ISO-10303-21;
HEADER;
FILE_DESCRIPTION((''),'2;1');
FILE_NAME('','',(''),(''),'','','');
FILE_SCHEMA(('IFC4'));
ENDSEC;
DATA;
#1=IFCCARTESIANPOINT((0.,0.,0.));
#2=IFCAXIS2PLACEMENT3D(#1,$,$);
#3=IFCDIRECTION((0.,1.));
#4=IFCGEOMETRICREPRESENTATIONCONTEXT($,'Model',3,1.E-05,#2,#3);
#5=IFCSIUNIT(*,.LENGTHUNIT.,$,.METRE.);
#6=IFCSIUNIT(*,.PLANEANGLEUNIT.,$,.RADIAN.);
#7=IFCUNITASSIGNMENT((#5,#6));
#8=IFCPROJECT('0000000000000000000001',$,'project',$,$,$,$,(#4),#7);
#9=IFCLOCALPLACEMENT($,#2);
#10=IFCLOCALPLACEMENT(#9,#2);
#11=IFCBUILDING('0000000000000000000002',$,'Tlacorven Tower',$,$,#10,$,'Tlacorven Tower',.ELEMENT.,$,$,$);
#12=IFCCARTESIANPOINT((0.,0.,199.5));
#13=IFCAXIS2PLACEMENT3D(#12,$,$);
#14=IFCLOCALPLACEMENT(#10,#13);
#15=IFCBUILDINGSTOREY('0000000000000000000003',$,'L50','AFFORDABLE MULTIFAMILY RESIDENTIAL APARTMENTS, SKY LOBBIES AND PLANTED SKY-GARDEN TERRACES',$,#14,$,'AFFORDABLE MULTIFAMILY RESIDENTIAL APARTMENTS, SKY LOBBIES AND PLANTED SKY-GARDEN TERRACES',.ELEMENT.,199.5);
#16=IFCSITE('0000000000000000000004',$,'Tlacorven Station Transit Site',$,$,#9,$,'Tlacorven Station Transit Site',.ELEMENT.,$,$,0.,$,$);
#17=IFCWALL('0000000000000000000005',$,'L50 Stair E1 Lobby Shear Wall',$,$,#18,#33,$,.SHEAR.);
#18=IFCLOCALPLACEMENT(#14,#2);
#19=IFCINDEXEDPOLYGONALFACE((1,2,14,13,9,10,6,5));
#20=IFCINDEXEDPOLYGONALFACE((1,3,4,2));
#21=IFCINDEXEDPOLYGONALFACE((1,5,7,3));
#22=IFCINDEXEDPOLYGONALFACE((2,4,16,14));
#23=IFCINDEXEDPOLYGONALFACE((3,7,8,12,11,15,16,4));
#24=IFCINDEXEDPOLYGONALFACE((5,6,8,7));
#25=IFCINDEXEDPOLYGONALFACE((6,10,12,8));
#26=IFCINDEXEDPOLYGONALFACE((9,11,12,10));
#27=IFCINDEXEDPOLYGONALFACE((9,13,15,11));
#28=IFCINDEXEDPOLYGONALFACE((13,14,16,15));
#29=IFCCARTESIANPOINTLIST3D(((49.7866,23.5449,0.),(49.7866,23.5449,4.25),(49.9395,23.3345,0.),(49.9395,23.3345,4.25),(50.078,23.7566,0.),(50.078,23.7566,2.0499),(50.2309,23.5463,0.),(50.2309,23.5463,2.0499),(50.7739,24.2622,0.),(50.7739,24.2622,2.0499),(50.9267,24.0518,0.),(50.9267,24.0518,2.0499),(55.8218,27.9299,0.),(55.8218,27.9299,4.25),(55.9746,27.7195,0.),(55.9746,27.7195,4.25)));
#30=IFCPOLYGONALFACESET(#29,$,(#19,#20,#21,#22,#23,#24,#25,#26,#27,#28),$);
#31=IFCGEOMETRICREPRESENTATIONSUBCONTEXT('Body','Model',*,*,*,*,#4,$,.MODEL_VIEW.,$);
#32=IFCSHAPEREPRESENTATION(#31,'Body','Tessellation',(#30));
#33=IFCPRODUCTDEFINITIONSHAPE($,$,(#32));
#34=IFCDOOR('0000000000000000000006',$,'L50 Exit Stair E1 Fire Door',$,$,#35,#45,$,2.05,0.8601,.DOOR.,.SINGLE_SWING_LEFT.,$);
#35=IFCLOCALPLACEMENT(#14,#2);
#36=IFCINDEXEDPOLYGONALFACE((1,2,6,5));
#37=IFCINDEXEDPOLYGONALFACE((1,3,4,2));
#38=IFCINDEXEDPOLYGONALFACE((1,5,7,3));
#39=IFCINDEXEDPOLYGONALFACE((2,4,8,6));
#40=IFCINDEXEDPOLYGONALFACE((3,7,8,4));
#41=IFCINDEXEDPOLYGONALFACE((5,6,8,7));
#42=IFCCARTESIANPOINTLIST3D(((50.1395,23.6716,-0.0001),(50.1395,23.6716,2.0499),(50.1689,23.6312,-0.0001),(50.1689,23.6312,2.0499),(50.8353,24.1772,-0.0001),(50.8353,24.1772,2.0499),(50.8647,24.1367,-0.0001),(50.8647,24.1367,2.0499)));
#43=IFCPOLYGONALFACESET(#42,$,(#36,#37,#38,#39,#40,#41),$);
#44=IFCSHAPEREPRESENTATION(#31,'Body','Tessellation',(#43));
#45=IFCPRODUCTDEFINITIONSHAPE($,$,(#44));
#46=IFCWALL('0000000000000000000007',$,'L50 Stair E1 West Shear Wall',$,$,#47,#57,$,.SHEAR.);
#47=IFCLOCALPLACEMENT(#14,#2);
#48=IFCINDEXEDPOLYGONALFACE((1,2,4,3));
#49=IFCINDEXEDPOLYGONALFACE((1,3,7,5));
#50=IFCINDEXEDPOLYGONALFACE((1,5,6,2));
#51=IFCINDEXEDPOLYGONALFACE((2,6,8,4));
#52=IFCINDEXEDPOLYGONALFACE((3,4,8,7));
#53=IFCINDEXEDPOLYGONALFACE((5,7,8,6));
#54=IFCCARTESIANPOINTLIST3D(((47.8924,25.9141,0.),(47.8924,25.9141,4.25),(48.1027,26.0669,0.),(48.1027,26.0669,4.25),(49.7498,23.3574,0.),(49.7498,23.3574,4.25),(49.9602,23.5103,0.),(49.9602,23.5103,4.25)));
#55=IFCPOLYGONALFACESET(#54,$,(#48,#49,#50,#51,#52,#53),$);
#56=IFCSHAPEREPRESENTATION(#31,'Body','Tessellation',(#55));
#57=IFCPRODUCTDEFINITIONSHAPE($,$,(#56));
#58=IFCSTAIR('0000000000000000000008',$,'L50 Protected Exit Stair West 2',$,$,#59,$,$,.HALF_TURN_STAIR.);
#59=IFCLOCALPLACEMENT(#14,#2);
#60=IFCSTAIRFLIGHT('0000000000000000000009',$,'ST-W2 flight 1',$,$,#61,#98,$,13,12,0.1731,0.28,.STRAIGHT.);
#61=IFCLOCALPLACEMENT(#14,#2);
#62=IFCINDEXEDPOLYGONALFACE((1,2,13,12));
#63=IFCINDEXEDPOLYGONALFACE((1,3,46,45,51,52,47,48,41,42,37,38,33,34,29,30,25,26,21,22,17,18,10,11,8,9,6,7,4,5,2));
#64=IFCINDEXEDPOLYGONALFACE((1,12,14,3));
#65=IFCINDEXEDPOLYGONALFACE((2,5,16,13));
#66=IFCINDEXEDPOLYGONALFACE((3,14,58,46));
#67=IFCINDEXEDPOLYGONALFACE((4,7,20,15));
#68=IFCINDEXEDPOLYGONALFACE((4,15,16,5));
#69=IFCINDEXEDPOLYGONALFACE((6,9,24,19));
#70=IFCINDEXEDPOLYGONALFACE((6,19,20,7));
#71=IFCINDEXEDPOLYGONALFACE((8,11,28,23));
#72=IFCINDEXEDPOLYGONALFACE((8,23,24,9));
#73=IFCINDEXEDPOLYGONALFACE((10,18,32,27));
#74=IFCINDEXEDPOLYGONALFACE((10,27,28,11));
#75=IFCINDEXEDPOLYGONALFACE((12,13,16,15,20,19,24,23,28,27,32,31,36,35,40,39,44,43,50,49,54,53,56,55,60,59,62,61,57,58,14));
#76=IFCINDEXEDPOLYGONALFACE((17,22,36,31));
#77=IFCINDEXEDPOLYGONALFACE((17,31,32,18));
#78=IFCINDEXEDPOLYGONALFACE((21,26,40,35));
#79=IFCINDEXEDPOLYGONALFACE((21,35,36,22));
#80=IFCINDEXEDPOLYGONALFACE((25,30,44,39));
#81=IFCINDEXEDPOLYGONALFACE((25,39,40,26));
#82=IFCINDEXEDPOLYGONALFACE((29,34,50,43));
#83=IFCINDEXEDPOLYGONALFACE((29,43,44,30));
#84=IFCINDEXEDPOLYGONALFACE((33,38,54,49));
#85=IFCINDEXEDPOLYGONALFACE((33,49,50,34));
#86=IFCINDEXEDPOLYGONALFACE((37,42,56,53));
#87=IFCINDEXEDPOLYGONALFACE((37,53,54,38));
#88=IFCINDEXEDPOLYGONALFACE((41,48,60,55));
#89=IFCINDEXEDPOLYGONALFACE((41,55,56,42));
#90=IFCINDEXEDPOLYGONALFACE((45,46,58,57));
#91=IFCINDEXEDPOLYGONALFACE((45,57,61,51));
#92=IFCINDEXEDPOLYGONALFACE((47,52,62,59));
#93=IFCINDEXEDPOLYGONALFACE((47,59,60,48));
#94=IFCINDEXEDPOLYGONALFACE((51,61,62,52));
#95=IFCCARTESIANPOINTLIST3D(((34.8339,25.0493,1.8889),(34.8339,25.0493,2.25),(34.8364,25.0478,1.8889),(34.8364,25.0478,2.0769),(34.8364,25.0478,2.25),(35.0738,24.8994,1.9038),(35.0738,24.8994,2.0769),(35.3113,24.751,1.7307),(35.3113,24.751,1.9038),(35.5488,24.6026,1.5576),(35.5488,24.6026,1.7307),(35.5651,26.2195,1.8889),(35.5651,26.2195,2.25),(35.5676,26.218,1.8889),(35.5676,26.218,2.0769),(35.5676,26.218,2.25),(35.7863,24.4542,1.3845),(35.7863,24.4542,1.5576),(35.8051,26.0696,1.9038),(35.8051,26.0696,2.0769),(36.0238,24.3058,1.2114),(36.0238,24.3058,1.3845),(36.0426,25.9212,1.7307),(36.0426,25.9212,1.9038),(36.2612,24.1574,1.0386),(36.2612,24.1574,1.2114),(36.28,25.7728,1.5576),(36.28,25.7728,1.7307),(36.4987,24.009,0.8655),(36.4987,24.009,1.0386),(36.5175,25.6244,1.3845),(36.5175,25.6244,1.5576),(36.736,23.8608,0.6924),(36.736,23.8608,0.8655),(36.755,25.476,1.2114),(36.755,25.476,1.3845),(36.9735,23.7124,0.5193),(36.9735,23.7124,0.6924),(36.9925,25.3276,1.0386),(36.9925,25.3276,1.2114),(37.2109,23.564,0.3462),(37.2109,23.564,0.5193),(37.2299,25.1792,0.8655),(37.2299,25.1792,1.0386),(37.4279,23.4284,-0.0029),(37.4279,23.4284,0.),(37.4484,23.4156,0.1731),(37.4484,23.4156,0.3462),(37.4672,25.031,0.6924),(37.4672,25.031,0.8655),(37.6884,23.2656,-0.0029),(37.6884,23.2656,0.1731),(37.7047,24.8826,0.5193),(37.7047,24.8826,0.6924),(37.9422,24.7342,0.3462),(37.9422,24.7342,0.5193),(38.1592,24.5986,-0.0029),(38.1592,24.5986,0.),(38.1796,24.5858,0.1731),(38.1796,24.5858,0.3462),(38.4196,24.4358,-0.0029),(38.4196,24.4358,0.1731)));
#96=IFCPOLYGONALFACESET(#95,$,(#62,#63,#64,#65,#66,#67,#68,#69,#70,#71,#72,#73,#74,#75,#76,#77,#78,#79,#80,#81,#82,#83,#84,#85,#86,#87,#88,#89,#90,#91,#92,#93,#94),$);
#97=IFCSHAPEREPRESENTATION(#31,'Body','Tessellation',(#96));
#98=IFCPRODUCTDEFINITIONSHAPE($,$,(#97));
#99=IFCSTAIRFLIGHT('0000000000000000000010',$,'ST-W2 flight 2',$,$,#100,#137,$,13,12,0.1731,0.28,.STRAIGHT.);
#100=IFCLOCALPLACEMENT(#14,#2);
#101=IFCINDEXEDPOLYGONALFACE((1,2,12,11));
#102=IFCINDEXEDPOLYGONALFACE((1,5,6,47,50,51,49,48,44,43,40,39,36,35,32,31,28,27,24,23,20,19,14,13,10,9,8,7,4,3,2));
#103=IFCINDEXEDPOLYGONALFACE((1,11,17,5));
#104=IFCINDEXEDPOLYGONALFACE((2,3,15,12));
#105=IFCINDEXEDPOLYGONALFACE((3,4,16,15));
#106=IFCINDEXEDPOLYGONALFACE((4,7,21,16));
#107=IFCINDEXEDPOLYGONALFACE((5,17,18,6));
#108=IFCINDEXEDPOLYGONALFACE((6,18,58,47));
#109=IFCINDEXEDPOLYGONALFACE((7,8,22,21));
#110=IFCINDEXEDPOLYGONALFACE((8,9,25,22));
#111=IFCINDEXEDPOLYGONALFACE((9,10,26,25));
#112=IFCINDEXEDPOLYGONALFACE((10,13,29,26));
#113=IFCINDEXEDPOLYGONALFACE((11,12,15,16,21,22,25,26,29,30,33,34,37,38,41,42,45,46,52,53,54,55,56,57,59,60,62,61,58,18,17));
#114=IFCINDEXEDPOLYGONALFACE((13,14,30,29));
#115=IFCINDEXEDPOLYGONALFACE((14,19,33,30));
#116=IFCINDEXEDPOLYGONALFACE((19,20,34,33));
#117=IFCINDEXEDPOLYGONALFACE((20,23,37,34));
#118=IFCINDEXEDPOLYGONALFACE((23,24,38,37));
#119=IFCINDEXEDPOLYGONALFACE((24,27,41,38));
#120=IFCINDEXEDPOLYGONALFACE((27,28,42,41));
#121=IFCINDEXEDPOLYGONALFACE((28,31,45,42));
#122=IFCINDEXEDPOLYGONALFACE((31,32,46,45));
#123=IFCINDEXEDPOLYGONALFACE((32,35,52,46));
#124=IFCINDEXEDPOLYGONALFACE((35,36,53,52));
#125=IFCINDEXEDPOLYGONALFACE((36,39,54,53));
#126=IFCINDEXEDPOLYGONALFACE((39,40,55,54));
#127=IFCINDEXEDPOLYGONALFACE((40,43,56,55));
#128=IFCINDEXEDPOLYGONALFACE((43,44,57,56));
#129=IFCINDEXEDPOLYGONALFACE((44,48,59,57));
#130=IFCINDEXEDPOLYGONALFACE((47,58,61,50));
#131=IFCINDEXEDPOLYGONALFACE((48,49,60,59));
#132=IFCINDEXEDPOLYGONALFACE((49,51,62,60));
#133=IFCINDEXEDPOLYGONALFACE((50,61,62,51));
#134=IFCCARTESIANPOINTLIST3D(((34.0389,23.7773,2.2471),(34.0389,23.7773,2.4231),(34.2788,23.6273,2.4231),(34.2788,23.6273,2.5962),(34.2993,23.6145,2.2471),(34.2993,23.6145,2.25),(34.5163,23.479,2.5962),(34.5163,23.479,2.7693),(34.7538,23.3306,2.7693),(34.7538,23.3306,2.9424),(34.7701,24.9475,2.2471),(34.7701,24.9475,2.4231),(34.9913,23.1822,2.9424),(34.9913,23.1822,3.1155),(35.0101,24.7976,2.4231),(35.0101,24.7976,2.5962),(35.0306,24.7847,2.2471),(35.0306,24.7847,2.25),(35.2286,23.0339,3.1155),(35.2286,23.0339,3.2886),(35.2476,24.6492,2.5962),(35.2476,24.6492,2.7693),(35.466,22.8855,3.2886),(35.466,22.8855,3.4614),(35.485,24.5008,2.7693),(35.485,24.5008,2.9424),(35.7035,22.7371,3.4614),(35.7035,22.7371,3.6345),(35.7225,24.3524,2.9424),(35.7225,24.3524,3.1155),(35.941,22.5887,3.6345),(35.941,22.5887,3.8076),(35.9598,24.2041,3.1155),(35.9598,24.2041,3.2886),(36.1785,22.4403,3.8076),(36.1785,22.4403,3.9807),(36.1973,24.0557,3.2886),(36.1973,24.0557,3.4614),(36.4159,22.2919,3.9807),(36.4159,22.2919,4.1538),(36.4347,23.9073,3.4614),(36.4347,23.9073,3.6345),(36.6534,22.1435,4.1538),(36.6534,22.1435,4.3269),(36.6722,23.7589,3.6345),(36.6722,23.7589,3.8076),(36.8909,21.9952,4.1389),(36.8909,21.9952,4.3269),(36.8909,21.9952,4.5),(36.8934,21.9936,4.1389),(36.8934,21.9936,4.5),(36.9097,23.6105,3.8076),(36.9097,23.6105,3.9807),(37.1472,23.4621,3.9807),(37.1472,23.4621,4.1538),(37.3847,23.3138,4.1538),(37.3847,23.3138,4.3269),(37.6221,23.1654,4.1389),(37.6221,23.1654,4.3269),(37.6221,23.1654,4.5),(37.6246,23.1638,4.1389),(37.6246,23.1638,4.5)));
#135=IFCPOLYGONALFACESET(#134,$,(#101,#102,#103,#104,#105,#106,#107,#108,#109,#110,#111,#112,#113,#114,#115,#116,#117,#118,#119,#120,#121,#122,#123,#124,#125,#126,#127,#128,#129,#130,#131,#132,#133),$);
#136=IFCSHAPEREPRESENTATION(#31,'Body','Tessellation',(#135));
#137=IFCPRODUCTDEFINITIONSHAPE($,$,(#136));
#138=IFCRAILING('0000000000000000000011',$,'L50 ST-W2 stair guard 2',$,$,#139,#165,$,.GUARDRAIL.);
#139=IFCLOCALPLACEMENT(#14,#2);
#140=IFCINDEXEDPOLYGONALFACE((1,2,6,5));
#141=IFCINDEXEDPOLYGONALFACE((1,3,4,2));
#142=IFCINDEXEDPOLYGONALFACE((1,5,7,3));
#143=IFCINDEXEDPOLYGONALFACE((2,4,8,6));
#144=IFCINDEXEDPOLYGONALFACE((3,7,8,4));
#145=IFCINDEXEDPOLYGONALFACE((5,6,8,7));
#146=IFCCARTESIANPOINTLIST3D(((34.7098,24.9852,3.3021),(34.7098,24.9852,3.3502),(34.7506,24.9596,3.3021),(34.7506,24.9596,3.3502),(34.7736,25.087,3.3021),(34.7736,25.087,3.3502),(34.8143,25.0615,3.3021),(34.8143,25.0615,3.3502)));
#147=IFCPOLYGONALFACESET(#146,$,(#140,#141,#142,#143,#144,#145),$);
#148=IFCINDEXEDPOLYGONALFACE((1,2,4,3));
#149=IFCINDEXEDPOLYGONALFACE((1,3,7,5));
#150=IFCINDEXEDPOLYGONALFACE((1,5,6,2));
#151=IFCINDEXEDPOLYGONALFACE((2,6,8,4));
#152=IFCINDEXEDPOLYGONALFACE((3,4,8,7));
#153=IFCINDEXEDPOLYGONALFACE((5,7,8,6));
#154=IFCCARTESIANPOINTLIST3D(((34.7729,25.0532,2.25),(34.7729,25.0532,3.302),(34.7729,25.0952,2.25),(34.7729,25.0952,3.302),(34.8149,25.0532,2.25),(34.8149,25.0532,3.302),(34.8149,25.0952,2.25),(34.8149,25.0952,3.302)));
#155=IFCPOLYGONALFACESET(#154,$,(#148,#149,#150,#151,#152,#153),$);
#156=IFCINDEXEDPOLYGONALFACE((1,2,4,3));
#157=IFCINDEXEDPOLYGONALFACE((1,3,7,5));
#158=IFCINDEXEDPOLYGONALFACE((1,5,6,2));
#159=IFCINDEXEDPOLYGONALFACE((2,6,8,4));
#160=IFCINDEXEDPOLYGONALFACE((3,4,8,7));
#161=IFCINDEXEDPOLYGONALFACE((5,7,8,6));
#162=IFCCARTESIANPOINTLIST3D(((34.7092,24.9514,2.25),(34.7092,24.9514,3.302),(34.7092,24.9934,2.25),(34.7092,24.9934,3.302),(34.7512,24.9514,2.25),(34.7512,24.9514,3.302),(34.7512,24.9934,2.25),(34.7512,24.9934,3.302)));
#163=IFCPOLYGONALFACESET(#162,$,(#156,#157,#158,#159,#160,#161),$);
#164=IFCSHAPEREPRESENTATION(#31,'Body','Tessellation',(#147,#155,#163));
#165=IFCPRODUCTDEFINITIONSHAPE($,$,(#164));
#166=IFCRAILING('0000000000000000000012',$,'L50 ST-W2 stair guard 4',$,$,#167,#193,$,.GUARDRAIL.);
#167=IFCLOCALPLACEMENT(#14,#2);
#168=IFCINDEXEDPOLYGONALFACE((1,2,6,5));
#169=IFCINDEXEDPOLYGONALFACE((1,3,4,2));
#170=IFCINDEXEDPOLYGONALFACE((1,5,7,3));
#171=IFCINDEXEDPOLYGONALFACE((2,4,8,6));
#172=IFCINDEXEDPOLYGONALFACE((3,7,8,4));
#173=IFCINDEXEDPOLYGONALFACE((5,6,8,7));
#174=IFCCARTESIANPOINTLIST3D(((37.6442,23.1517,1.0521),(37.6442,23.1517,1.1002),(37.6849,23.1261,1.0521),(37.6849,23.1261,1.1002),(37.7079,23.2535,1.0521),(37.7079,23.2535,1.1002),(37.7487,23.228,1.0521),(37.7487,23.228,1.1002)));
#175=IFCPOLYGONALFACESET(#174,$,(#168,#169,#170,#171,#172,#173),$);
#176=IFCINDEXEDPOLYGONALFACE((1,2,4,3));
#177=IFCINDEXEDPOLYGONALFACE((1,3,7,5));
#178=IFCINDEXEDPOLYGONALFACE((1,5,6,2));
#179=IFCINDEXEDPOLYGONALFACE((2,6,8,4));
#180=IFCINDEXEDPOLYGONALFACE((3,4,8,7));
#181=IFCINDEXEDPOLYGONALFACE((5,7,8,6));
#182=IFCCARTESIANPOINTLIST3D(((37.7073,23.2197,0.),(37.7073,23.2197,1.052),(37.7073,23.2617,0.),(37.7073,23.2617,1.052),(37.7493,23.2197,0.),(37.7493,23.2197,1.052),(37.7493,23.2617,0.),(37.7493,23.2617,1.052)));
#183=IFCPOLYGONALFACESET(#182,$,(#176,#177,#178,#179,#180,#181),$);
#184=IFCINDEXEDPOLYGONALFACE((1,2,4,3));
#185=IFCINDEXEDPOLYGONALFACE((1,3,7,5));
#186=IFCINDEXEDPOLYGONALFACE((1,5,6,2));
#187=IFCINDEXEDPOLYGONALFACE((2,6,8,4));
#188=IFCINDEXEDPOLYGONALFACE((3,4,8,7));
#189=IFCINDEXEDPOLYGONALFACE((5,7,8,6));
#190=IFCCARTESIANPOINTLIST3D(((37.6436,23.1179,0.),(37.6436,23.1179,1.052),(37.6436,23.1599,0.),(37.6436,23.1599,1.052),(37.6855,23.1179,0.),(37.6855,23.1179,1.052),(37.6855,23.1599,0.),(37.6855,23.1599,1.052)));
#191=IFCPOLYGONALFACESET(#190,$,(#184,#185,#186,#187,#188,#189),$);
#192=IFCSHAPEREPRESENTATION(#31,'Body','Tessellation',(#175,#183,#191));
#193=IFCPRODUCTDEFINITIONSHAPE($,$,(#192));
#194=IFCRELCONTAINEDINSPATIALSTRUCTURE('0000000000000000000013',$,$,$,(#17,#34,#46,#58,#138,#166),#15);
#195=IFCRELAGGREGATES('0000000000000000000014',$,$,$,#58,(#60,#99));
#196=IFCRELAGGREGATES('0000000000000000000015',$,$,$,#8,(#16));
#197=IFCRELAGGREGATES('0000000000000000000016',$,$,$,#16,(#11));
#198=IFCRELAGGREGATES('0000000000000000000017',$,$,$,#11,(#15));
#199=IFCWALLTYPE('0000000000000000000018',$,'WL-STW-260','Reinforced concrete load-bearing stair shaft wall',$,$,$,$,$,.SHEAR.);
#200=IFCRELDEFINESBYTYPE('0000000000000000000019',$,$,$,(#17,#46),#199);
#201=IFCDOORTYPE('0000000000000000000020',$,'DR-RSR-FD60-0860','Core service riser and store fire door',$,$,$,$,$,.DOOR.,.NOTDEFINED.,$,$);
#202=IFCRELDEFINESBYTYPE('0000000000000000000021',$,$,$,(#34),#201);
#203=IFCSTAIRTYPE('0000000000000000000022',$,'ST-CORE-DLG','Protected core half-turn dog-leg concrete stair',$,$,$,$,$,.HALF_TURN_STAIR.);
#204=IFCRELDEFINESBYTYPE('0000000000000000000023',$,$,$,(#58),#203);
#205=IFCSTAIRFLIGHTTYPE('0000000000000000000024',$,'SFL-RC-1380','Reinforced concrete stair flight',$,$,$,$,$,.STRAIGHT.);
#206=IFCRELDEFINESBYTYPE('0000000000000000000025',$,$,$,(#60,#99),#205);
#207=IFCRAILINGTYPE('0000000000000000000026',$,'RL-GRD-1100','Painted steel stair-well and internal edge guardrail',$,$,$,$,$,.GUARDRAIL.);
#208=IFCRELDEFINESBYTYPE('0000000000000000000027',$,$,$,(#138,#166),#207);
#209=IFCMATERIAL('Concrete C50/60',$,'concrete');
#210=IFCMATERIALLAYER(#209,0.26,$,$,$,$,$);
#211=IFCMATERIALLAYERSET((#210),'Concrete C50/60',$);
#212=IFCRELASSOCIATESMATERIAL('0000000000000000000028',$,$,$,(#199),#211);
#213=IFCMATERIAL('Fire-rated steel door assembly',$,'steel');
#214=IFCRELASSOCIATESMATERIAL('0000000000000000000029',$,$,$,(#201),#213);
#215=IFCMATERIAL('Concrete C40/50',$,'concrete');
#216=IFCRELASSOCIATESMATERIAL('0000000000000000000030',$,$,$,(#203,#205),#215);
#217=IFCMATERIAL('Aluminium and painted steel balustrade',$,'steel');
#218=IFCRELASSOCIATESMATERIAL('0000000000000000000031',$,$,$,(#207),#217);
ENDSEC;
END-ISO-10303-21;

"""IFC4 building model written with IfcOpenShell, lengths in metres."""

from ifc_helpers import new_model, si_unit, direction, frame, frame_2d, origin, origin_2d, place, context, subcontext, project, spatial, polyline, rectangle, outline, extrude, source, transform, mapped, material, layer, layer_set, type_object, element, fill, aggregate, save


model = new_model("IFC4")

# Units and contexts
model_context = context("Model", 3, precision=1e-05, world=origin(), true_north=direction((0.0, 1.0)))
body_context = subcontext(model_context, "Body", "Model", "MODEL_VIEW")
ifc_project = project(units=[si_unit("LENGTHUNIT", "METRE"), si_unit("PLANEANGLEUNIT", "RADIAN")], contexts=[model_context])

# Site, building, storey
site_placement = place(None, origin())
site = spatial("IfcSite", under=ifc_project, at=site_placement, Name="Tlacorven Station Transit Site", LongName="Tlacorven Station Transit Site", CompositionType="ELEMENT", RefElevation=0.0)
building_placement = place(site_placement, origin())
building = spatial("IfcBuilding", under=site, at=building_placement, Name="Tlacorven Tower", LongName="Tlacorven Tower", CompositionType="ELEMENT")
storey_placement = place(building_placement, frame((0.0, 0.0, 199.5)))
storey = spatial("IfcBuildingStorey", under=building, at=storey_placement, Name="L50", Description="AFFORDABLE MULTIFAMILY RESIDENTIAL APARTMENTS, SKY LOBBIES AND PLANTED SKY-GARDEN TERRACES", LongName="AFFORDABLE MULTIFAMILY RESIDENTIAL APARTMENTS, SKY LOBBIES AND PLANTED SKY-GARDEN TERRACES", CompositionType="ELEMENT", Elevation=199.5)

# Shared definitions
ifc_material_1 = material(Name="Concrete C40/50", Category="concrete")
ifc_material_2 = material(Name="Concrete C50/60", Category="concrete")
ifc_layer_1 = layer(ifc_material_2, 0.26)
ifc_layer_set_1 = layer_set([ifc_layer_1], Name="Concrete C50/60")
wall_type_1 = type_object("IfcWallType", Name="WL-STW-260", Description="Reinforced concrete load-bearing stair shaft wall", PredefinedType="SHEAR", material=ifc_layer_set_1)

# Wall, opening, door
wall_1_placement = place(storey_placement, frame((49.863, 23.4397, 0.0), z_axis=(0.0, 0.0, 1.0), x_axis=(0.809003, 0.587804, 0.0)))
wall_1 = element("IfcWall", 1, at=wall_1_placement, inside=storey, type_object=wall_type_1, Name="L50 Stair E1 Lobby Shear Wall", PredefinedType="SHEAR", context=body_context, shape_type="SweptSolid", body=[
    extrude(rectangle(XDim=7.46, YDim=0.26, at=frame_2d((3.73, 0.0))), origin(), (0.0, 0.0, 1.0), 4.25),
])
opening_placement = place(wall_1_placement, frame((0.3601, 0.0, 0.0)))
opening = element("IfcOpeningElement", 2, at=opening_placement, cuts=wall_1, PredefinedType="OPENING", context=body_context, shape_type="SweptSolid", body=[
    extrude(rectangle(XDim=0.8601, YDim=2.05, at=frame_2d((0.4302, 1.0249))), frame((0.0, 0.1401, 0.0), z_axis=(0.0, -1.0, 0.0), x_axis=(1.0, 0.0, 0.0)), (0.0, 0.0, 1.0), 0.28),
])
ifc_material_3 = material(Name="Fire-rated steel door assembly", Category="steel")
door_type = type_object("IfcDoorType", Name="DR-RSR-FD60-0860", Description="Core service riser and store fire door", OperationType="NOTDEFINED", PredefinedType="DOOR", material=ifc_material_3)
shared_shape_1 = source(origin(), body_context, "Body", "SweptSolid", [
    extrude(rectangle(XDim=0.8601, YDim=2.05, at=frame_2d((0.4302, 1.0249))), frame((0.0, 0.0249, 0.0), z_axis=(0.0, -1.0, 0.0), x_axis=(1.0, 0.0, 0.0)), (0.0, 0.0, 1.0), 0.05),
])
door_placement = place(opening_placement, frame((0.8601, 0.0, 0.0), z_axis=(0.0, 0.0, 1.0), x_axis=(-1.0, 0.0, 0.0)))
door = element("IfcDoor", 3, at=door_placement, inside=storey, type_object=door_type, Name="L50 Exit Stair E1 Fire Door", OperationType="SINGLE_SWING_LEFT", OverallHeight=2.05, OverallWidth=0.8601, PredefinedType="DOOR", context=body_context, shape_type="MappedRepresentation", body=[
    mapped(shared_shape_1, transform((0.0, 0.0, 0.0), scale=1.0)),
])
fill(opening, door)

# Wall
wall_2_placement = place(storey_placement, frame((49.855, 23.4338, 0.0), z_axis=(0.0, 0.0, 1.0), x_axis=(-0.587767, 0.80903, 0.0)))
element("IfcWall", 4, at=wall_2_placement, inside=storey, type_object=wall_type_1, Name="L50 Stair E1 West Shear Wall", PredefinedType="SHEAR", context=body_context, shape_type="SweptSolid", body=[
    extrude(rectangle(XDim=3.1602, YDim=0.26, at=frame_2d((1.5801, 0.0))), origin(), (0.0, 0.0, 1.0), 4.25),
])

# Stair, stair flights
stair_type = type_object("IfcStairType", Name="ST-CORE-DLG", Description="Protected core half-turn dog-leg concrete stair", PredefinedType="HALF_TURN_STAIR", material=ifc_material_1)
stair_placement = place(storey_placement, origin())
stair = element("IfcStair", 5, at=stair_placement, inside=storey, type_object=stair_type, Name="L50 Protected Exit Stair West 2", PredefinedType="HALF_TURN_STAIR")
stair_flight_type = type_object("IfcStairFlightType", Name="SFL-RC-1380", Description="Reinforced concrete stair flight", PredefinedType="STRAIGHT", material=ifc_material_1)
shared_shape_2 = source(origin(), body_context, "Body", "SweptSolid", [
    extrude(outline(polyline([(-0.0029, -0.0029), (-0.0029, 0.1731), (0.28, 0.1731), (0.28, 0.3462), (0.5601, 0.3462), (0.5601, 0.5193), (0.8401, 0.5193), (0.8401, 0.6924), (1.1201, 0.6924), (1.1201, 0.8655), (1.3999, 0.8655), (1.3999, 1.0386), (1.6799, 1.0386), (1.6799, 1.2114), (1.96, 1.2114), (1.96, 1.3845), (2.24, 1.3845), (2.24, 1.5576), (2.52, 1.5576), (2.52, 1.7307), (2.8, 1.7307), (2.8, 1.9038), (3.0801, 1.9038), (3.0801, 2.0769), (3.3601, 2.0769), (3.3601, 2.25), (3.363, 2.25), (3.363, 1.8889), (3.3601, 1.8889), (0.3042, 0.0), (0.3042, -0.0029), (-0.0029, -0.0029)])), frame((0.0, 0.6899, 0.0), z_axis=(0.0, -1.0, 0.0), x_axis=(1.0, 0.0, 0.0)), (0.0, 0.0, 1.0), 1.3799),
])
stair_flight_1_placement = place(storey_placement, frame((38.0515, 23.8523, 0.0), z_axis=(0.0, 0.0, 1.0), x_axis=(-0.848048, 0.529919, 0.0)))
stair_flight_1 = element("IfcStairFlight", 6, at=stair_flight_1_placement, type_object=stair_flight_type, Name="ST-W2 flight 1", NumberOfRisers=13, NumberOfTreads=12, PredefinedType="STRAIGHT", RiserHeight=0.1731, TreadLength=0.28, context=body_context, shape_type="MappedRepresentation", body=[
    mapped(shared_shape_2, transform((0.0, 0.0, 0.0), scale=1.0)),
])
stair_flight_2_placement = place(storey_placement, frame((34.407, 24.3608, 2.25), z_axis=(0.0, 0.0, 1.0), x_axis=(0.848048, -0.529919, 0.0)))
stair_flight_2 = element("IfcStairFlight", 7, at=stair_flight_2_placement, type_object=stair_flight_type, Name="ST-W2 flight 2", NumberOfRisers=13, NumberOfTreads=12, PredefinedType="STRAIGHT", RiserHeight=0.1731, TreadLength=0.28, context=body_context, shape_type="MappedRepresentation", body=[
    mapped(shared_shape_2, transform((0.0, 0.0, 0.0), scale=1.0)),
])
aggregate(stair, [stair_flight_1, stair_flight_2])

# Railings
ifc_material_4 = material(Name="Aluminium and painted steel balustrade", Category="steel")
railing_type_1 = type_object("IfcRailingType", Name="RL-GRD-1100", Description="Painted steel stair-well and internal edge guardrail", PredefinedType="GUARDRAIL", material=ifc_material_4)
shared_shape_3 = source(origin(), body_context, "Body", "SweptSolid", [
    extrude(rectangle(XDim=0.0481, YDim=0.0481, at=origin_2d()), frame((0.0, 0.0, 1.0762), z_axis=(-0.530547, -0.847656, 0.0), x_axis=(0.847656, -0.530547, 0.0)), (0.0, 0.0, 1.0), 0.1201),
    extrude(rectangle(XDim=0.042, YDim=0.042, at=origin_2d()), origin(), (0.0, 0.0, 1.0), 1.052),
    extrude(rectangle(XDim=0.042, YDim=0.042, at=origin_2d()), frame((-0.0637, -0.1018, 0.0)), (0.0, 0.0, 1.0), 1.052),
])
for number, where, name in (
    (8, (34.7939, 25.0742, 2.25), "L50 ST-W2 stair guard 2"),
    (9, (37.7283, 23.2407, 0.0), "L50 ST-W2 stair guard 4"),
):
    element("IfcRailing", number, at=place(storey_placement, frame(where)), inside=storey, type_object=railing_type_1, Name=name, PredefinedType="GUARDRAIL", context=body_context, shape_type="MappedRepresentation", body=[
        mapped(shared_shape_3, transform((0.0, 0.0, 0.0), scale=1.0)),
    ])

save(model, "model.ifc")
